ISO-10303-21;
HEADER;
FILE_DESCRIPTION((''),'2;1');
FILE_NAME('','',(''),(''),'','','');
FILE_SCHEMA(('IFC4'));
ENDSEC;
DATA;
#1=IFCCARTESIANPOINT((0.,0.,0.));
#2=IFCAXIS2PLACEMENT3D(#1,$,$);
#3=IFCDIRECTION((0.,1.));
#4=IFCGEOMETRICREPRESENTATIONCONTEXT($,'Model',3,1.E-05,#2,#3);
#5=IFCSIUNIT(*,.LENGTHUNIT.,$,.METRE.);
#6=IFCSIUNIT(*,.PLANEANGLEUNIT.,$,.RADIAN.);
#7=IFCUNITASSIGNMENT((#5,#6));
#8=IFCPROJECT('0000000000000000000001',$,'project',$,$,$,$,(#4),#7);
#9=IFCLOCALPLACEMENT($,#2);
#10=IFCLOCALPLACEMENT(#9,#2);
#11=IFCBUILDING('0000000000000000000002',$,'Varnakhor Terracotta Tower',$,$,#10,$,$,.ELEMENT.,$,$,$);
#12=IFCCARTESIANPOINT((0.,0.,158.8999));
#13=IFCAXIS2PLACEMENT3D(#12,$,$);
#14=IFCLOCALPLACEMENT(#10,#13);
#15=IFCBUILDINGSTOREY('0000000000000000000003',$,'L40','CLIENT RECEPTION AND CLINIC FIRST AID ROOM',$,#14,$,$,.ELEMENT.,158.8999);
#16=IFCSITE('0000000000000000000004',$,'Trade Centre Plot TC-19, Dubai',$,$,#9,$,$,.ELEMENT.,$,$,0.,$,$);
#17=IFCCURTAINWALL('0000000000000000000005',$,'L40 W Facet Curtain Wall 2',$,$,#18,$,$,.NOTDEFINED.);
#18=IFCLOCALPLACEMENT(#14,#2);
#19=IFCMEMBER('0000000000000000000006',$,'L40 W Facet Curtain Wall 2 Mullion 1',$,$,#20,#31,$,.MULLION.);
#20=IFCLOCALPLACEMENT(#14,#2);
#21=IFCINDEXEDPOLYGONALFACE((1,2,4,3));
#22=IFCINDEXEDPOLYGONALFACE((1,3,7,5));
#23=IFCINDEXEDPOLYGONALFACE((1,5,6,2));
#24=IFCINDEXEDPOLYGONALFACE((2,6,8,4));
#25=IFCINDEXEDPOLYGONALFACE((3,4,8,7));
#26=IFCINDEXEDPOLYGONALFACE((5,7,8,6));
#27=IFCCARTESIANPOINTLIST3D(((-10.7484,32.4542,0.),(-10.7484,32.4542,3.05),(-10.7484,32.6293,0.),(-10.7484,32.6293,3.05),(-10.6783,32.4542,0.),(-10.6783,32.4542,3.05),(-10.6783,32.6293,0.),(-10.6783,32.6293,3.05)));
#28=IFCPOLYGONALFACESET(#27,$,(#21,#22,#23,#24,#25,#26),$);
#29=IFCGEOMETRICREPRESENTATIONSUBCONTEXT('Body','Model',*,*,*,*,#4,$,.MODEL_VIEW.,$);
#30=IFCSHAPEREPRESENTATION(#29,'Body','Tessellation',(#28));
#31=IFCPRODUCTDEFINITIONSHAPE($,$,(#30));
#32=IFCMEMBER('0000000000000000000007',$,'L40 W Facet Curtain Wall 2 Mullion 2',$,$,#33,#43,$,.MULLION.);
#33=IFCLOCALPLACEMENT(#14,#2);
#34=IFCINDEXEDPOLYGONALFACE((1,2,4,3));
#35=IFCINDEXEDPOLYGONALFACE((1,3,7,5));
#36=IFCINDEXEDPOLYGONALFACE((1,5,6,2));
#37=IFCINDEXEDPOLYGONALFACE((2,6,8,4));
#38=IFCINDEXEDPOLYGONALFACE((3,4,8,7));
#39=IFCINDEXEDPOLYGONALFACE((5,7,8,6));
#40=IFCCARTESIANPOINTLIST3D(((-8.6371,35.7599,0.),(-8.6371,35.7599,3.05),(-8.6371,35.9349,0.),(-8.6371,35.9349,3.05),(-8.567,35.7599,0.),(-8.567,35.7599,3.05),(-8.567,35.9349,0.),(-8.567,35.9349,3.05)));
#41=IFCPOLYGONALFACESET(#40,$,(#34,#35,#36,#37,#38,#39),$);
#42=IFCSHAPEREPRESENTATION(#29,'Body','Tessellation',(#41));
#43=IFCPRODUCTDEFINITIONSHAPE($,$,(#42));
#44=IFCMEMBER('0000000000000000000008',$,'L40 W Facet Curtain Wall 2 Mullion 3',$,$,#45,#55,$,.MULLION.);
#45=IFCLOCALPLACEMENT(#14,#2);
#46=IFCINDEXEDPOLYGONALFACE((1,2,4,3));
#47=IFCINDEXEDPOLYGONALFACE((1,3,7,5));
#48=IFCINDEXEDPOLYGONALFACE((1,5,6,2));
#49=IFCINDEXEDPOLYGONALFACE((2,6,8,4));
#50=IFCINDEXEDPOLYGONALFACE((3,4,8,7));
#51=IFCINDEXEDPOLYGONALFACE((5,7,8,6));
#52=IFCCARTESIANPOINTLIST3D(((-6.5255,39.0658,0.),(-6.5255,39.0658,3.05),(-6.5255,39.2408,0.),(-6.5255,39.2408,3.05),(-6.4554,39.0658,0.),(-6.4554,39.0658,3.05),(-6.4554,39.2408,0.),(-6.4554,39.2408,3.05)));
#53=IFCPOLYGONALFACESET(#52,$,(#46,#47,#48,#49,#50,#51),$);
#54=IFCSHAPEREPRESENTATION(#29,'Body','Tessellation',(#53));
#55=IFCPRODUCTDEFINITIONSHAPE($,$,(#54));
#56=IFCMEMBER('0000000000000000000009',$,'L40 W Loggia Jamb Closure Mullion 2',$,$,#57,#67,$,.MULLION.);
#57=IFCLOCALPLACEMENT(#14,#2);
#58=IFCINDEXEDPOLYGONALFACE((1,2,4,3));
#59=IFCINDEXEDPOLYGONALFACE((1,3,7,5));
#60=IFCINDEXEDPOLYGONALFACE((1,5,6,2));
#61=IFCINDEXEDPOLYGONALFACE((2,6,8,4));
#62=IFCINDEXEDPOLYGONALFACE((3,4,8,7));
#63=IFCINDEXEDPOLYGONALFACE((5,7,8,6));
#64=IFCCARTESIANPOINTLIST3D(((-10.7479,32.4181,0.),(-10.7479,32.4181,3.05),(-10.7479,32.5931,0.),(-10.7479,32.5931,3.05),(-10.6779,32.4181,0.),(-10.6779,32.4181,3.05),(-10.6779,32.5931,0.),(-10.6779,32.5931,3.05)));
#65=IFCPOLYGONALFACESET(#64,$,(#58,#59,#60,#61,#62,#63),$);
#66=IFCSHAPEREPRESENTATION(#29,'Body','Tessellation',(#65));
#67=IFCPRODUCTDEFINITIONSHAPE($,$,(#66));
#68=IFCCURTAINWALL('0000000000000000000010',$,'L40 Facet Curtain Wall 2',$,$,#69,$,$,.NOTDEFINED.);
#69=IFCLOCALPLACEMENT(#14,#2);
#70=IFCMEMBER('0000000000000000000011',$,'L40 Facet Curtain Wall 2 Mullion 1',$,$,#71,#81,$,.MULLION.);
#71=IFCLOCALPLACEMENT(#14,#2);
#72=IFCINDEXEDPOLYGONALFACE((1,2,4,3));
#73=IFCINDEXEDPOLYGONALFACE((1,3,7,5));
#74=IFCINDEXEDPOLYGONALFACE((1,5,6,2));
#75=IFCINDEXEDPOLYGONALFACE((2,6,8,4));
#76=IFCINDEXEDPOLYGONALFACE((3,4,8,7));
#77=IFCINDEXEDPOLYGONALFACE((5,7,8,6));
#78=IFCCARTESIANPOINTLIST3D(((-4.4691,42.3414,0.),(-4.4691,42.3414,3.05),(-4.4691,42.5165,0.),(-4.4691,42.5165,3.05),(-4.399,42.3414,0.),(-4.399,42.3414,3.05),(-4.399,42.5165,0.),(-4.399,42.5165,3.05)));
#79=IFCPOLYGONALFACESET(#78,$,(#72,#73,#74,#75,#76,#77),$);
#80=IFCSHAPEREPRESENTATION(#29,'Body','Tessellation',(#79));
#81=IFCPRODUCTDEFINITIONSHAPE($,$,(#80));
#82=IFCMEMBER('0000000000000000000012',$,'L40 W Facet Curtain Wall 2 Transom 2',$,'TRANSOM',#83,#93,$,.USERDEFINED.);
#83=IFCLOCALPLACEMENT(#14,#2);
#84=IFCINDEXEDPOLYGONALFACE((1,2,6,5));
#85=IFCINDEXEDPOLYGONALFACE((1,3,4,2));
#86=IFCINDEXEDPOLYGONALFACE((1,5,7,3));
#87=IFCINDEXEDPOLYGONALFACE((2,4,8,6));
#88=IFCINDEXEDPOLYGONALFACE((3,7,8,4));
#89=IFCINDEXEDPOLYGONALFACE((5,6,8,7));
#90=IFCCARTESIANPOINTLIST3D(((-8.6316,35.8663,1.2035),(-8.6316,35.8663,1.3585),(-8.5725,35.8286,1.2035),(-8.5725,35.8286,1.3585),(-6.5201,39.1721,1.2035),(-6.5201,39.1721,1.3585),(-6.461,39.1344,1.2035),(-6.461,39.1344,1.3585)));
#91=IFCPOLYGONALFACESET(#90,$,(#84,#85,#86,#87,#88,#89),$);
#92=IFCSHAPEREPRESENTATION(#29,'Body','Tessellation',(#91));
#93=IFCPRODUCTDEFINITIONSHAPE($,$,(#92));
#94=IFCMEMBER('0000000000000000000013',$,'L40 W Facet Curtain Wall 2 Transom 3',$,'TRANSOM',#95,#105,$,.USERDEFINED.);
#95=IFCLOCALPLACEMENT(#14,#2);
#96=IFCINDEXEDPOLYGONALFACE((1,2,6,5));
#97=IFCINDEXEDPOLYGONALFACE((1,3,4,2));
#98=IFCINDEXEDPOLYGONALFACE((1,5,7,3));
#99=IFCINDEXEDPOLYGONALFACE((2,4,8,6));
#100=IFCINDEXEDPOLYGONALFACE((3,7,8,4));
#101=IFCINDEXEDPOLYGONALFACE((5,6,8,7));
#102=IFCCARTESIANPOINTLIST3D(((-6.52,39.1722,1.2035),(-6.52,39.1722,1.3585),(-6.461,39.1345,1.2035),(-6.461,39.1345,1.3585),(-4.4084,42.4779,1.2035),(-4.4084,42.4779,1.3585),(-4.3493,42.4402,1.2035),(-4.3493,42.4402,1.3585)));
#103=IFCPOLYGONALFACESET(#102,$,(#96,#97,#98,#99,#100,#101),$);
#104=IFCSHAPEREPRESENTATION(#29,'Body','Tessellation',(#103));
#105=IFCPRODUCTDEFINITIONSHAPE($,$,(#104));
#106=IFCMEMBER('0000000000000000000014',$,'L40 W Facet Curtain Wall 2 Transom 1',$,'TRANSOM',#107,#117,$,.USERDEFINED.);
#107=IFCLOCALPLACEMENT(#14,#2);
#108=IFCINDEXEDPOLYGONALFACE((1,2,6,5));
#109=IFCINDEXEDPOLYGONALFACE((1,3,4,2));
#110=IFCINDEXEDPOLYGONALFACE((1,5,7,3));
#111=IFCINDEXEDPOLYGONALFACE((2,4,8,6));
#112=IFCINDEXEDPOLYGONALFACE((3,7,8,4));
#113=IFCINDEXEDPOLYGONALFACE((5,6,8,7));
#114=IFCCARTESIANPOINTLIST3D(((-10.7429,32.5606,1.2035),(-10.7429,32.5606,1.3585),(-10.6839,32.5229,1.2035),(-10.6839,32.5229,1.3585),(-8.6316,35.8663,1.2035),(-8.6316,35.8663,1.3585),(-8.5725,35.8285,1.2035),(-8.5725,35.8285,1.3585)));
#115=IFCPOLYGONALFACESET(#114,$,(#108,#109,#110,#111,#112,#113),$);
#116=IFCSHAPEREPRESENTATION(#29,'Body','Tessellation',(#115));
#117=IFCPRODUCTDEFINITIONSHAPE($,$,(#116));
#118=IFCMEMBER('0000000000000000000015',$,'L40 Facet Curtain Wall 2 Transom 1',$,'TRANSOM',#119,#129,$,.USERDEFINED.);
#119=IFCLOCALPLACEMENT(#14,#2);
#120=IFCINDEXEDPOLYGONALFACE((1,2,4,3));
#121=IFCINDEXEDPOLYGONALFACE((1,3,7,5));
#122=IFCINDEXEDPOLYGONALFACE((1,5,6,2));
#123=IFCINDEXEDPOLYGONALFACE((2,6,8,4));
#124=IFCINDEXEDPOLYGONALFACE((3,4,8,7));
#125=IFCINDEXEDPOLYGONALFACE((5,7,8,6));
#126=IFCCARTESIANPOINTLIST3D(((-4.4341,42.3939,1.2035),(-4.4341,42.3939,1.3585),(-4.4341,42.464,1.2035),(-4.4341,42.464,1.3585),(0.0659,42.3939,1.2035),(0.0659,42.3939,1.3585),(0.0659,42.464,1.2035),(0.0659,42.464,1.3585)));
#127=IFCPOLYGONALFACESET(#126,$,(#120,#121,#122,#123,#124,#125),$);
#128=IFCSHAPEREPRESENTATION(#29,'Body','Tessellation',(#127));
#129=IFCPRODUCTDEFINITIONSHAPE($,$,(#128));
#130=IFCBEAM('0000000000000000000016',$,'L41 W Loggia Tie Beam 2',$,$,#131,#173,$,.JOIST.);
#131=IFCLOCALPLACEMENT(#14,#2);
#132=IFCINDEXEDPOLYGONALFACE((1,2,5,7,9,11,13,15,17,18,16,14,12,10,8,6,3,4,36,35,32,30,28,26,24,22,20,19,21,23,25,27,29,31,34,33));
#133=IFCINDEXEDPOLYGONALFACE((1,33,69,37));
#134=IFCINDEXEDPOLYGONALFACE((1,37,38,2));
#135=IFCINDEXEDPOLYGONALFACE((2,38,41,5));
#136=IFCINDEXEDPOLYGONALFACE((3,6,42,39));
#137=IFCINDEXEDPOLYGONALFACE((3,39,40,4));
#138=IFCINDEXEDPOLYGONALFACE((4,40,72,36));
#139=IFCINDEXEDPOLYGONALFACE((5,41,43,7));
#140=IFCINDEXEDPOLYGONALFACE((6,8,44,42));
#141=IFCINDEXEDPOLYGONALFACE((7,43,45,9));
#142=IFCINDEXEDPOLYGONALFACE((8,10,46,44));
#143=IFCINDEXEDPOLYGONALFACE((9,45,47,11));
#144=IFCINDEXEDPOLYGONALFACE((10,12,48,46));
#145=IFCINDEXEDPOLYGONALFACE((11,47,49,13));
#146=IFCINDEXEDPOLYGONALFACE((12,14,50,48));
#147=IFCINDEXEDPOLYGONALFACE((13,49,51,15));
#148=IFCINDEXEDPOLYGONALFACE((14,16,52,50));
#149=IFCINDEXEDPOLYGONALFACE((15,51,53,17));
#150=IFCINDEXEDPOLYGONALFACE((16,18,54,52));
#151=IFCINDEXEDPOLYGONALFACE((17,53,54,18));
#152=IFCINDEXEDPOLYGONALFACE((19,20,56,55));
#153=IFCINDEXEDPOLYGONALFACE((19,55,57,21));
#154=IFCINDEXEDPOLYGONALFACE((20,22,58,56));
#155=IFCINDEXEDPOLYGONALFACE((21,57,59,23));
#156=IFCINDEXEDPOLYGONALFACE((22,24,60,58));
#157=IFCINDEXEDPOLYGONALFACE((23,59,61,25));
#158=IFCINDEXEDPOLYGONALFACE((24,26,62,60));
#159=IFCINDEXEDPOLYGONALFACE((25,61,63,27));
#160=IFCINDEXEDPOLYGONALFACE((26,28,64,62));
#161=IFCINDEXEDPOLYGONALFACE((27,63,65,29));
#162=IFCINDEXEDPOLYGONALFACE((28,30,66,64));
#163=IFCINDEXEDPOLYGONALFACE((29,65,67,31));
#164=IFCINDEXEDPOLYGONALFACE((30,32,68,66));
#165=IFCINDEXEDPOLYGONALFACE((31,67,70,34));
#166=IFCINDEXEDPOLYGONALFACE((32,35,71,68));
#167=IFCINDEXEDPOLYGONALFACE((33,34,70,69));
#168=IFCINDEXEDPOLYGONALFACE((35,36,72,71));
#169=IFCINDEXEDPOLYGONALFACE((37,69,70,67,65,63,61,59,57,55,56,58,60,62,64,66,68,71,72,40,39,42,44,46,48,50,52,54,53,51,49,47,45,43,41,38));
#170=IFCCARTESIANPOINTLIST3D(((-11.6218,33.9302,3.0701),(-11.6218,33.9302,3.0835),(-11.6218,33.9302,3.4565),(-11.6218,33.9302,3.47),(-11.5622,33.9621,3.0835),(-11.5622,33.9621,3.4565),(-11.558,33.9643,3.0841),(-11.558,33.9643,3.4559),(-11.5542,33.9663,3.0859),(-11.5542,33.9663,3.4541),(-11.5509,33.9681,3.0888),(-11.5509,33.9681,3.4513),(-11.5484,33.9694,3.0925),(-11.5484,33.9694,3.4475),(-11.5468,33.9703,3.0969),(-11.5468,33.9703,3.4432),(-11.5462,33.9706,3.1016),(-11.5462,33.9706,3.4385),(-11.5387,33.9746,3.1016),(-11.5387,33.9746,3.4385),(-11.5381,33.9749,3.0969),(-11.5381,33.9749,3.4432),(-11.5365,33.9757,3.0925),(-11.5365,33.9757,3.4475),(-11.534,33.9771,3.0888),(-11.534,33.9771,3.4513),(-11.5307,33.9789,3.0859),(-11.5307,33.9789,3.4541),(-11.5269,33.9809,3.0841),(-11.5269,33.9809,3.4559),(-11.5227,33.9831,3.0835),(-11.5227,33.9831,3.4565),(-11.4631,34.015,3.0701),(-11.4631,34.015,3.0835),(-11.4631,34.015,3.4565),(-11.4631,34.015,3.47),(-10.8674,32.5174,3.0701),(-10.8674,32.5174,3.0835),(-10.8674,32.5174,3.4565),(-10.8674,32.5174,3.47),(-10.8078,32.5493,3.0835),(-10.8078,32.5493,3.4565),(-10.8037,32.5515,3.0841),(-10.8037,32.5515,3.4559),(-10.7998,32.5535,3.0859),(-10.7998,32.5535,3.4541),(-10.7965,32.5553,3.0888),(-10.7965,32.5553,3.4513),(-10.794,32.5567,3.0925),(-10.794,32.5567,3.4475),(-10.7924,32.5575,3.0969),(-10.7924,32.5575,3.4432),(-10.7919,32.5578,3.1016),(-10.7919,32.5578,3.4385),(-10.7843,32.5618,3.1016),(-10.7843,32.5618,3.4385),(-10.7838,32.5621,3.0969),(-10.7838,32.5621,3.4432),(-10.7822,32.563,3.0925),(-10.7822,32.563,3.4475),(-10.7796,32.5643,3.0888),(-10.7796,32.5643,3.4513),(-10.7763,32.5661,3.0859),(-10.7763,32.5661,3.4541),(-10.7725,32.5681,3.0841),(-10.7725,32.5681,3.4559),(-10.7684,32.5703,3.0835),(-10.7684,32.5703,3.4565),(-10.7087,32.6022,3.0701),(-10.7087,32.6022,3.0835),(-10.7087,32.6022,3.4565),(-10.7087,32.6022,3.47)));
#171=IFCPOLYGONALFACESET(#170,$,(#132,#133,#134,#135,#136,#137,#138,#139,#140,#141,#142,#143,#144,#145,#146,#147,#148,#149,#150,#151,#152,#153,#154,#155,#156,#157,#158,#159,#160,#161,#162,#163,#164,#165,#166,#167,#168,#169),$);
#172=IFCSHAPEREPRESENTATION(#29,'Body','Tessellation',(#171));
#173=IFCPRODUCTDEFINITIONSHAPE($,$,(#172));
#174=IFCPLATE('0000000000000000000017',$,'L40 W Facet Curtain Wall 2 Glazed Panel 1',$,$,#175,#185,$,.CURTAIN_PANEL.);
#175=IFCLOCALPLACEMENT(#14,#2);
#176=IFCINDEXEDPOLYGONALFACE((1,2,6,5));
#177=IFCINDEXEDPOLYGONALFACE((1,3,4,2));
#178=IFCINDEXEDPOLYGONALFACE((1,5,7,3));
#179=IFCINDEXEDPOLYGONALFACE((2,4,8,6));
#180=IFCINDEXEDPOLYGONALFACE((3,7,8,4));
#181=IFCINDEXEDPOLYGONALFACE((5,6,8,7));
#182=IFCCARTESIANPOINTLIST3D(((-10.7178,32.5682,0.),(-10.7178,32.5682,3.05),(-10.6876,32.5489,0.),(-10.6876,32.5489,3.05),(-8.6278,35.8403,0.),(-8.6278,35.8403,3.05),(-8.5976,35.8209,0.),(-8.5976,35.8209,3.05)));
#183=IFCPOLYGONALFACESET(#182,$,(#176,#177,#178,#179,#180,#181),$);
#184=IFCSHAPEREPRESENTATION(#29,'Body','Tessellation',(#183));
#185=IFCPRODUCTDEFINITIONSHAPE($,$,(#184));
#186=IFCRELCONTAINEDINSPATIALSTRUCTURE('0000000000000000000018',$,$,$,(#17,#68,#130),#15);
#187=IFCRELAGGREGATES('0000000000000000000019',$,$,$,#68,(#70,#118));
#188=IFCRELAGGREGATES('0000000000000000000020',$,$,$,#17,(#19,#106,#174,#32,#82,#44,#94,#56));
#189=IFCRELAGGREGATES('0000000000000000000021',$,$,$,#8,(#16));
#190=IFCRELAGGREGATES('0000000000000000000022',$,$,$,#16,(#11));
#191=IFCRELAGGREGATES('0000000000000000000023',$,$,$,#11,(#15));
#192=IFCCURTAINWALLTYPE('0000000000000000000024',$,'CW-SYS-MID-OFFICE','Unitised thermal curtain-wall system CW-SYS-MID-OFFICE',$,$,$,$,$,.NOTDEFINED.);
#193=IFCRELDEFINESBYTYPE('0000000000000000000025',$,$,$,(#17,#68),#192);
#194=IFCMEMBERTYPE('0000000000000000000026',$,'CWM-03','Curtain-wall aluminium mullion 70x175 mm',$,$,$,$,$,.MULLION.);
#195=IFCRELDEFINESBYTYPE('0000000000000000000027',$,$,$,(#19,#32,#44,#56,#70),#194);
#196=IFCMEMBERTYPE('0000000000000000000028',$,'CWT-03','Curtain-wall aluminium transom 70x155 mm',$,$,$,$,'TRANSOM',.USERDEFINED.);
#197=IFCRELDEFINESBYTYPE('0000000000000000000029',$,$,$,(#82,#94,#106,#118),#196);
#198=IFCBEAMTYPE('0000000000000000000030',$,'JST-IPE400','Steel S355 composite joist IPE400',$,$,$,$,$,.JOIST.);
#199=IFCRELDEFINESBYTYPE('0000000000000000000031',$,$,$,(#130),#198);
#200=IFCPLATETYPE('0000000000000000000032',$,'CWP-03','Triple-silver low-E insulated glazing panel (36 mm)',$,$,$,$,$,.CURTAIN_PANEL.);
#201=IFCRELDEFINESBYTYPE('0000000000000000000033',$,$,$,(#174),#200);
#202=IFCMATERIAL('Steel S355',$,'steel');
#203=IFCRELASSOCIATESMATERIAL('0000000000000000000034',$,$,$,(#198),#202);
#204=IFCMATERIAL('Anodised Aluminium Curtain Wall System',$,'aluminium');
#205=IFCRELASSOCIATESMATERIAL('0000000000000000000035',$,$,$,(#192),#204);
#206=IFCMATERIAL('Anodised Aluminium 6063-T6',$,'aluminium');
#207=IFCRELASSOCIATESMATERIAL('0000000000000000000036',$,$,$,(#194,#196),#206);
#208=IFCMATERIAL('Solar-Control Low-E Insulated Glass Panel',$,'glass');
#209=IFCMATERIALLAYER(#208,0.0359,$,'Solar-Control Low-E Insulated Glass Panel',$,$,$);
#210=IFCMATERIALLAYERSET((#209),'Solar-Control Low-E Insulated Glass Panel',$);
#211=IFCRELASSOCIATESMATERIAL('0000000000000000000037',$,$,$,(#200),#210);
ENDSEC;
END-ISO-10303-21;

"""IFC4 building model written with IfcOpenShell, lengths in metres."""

from ifc_helpers import new_model, si_unit, direction, frame, origin, origin_2d, place, context, subcontext, project, spatial, rectangle, i_section, extrude, source, transform, mapped, material, layer, layer_set, material_profile, profile_set, type_object, element, aggregate, save


model = new_model("IFC4")

# Units and contexts
model_context = context("Model", 3, precision=1e-05, world=origin(), true_north=direction((0.0, 1.0)))
body_context = subcontext(model_context, "Body", "Model", "MODEL_VIEW")
ifc_project = project(units=[si_unit("LENGTHUNIT", "METRE"), si_unit("PLANEANGLEUNIT", "RADIAN")], contexts=[model_context])

# Site, building, storey
site_placement = place(None, origin())
site = spatial("IfcSite", under=ifc_project, at=site_placement, Name="Trade Centre Plot TC-19, Dubai", CompositionType="ELEMENT", RefElevation=0.0)
building_placement = place(site_placement, origin())
building = spatial("IfcBuilding", under=site, at=building_placement, Name="Varnakhor Terracotta Tower", CompositionType="ELEMENT")
storey_placement = place(building_placement, frame((0.0, 0.0, 158.8999)))
storey = spatial("IfcBuildingStorey", under=building, at=storey_placement, Name="L40", Description="CLIENT RECEPTION AND CLINIC FIRST AID ROOM", CompositionType="ELEMENT", Elevation=158.8999)

# Shared definitions
ifc_material_1 = material(Name="Steel S355", Category="steel")
ifc_material_profile_1 = material_profile(ifc_material_1, i_section(OverallWidth=0.1799, OverallDepth=0.3999, WebThickness=0.0085, FlangeThickness=0.0134, FilletRadius=0.0181, at=origin_2d()), Name="IPE400")
ifc_profile_set_1 = profile_set([ifc_material_profile_1], Name="Steel S355")
beam_type_1 = type_object("IfcBeamType", Name="JST-IPE400", Description="Steel S355 composite joist IPE400", PredefinedType="JOIST", material=ifc_profile_set_1)

# Curtain wall, members
ifc_material_2 = material(Name="Anodised Aluminium Curtain Wall System", Category="aluminium")
curtain_wall_type = type_object("IfcCurtainWallType", Name="CW-SYS-MID-OFFICE", Description="Unitised thermal curtain-wall system CW-SYS-MID-OFFICE", PredefinedType="NOTDEFINED", material=ifc_material_2)
curtain_wall_1_placement = place(storey_placement, origin())
curtain_wall_1 = element("IfcCurtainWall", 1, at=curtain_wall_1_placement, inside=storey, type_object=curtain_wall_type, Name="L40 W Facet Curtain Wall 2", PredefinedType="NOTDEFINED")
ifc_material_3 = material(Name="Anodised Aluminium 6063-T6", Category="aluminium")
ifc_material_profile_2 = material_profile(ifc_material_3, rectangle(XDim=0.0701, YDim=0.175, at=origin_2d()), Name="ALU MULLION 70x175")
ifc_profile_set_2 = profile_set([ifc_material_profile_2], Name="Anodised Aluminium 6063-T6")
member_type_1 = type_object("IfcMemberType", Name="CWM-03", Description="Curtain-wall aluminium mullion 70x175 mm", PredefinedType="MULLION", material=ifc_profile_set_2)
shared_shape_1 = source(origin(), body_context, "Body", "SweptSolid", [
    extrude(rectangle(XDim=0.0701, YDim=0.175, at=origin_2d()), origin(), (0.0, 0.0, 1.0), 3.05),
])
member_1_placement = place(storey_placement, frame((-10.7134, 32.5417, 0.0), z_axis=(0.0, 0.0, 1.0), x_axis=(1.0, 0.0, 0.0)))
member_1 = element("IfcMember", 2, at=member_1_placement, type_object=member_type_1, Name="L40 W Facet Curtain Wall 2 Mullion 1", PredefinedType="MULLION", context=body_context, shape_type="MappedRepresentation", body=[
    mapped(shared_shape_1, transform((0.0, 0.0, 0.0), scale=1.0)),
])
member_2_placement = place(storey_placement, frame((-8.6021, 35.8474, 0.0), z_axis=(0.0, 0.0, 1.0), x_axis=(1.0, 0.0, 0.0)))
member_2 = element("IfcMember", 3, at=member_2_placement, type_object=member_type_1, Name="L40 W Facet Curtain Wall 2 Mullion 2", PredefinedType="MULLION", context=body_context, shape_type="MappedRepresentation", body=[
    mapped(shared_shape_1, transform((0.0, 0.0, 0.0), scale=1.0)),
])
member_3_placement = place(storey_placement, frame((-6.4905, 39.1533, 0.0), z_axis=(0.0, 0.0, 1.0), x_axis=(1.0, 0.0, 0.0)))
member_3 = element("IfcMember", 4, at=member_3_placement, type_object=member_type_1, Name="L40 W Facet Curtain Wall 2 Mullion 3", PredefinedType="MULLION", context=body_context, shape_type="MappedRepresentation", body=[
    mapped(shared_shape_1, transform((0.0, 0.0, 0.0), scale=1.0)),
])
member_4_placement = place(storey_placement, frame((-10.7129, 32.5056, 0.0), z_axis=(0.0, 0.0, 1.0), x_axis=(1.0, 0.0, 0.0)))
member_4 = element("IfcMember", 5, at=member_4_placement, type_object=member_type_1, Name="L40 W Loggia Jamb Closure Mullion 2", PredefinedType="MULLION", context=body_context, shape_type="MappedRepresentation", body=[
    mapped(shared_shape_1, transform((0.0, 0.0, 0.0), scale=1.0)),
])

# Curtain wall, member
curtain_wall_2_placement = place(storey_placement, origin())
curtain_wall_2 = element("IfcCurtainWall", 6, at=curtain_wall_2_placement, inside=storey, type_object=curtain_wall_type, Name="L40 Facet Curtain Wall 2", PredefinedType="NOTDEFINED")
member_5_placement = place(storey_placement, frame((-4.4341, 42.429, 0.0), z_axis=(0.0, 0.0, 1.0), x_axis=(1.0, 0.0, 0.0)))
member_5 = element("IfcMember", 7, at=member_5_placement, type_object=member_type_1, Name="L40 Facet Curtain Wall 2 Mullion 1", PredefinedType="MULLION", context=body_context, shape_type="MappedRepresentation", body=[
    mapped(shared_shape_1, transform((0.0, 0.0, 0.0), scale=1.0)),
])

# Members
ifc_material_profile_3 = material_profile(ifc_material_3, rectangle(XDim=0.0701, YDim=0.155, at=origin_2d()), Name="ALU TRANSOM 70x155")
ifc_profile_set_3 = profile_set([ifc_material_profile_3], Name="Anodised Aluminium 6063-T6")
member_type_2 = type_object("IfcMemberType", Name="CWT-03", Description="Curtain-wall aluminium transom 70x155 mm", ElementType="TRANSOM", PredefinedType="USERDEFINED", material=ifc_profile_set_3)
shared_shape_2 = source(origin(), body_context, "Body", "SweptSolid", [
    extrude(rectangle(XDim=0.0701, YDim=0.155, at=origin_2d()), origin(), (0.0, 0.0, 1.0), 3.9226),
])
member_6_placement = place(storey_placement, frame((-8.6021, 35.8474, 1.281), z_axis=(0.538292, 0.842758, 0.0), x_axis=(-0.842758, 0.538292, 0.0)))
member_6 = element("IfcMember", 8, at=member_6_placement, type_object=member_type_2, Name="L40 W Facet Curtain Wall 2 Transom 2", ObjectType="TRANSOM", PredefinedType="USERDEFINED", context=body_context, shape_type="MappedRepresentation", body=[
    mapped(shared_shape_2, transform((0.0, 0.0, 0.0), scale=1.0)),
])
member_7_placement = place(storey_placement, frame((-6.4905, 39.1533, 1.281), z_axis=(0.538321, 0.84274, 0.0), x_axis=(-0.84274, 0.538321, 0.0)))
member_7 = element("IfcMember", 9, at=member_7_placement, type_object=member_type_2, Name="L40 W Facet Curtain Wall 2 Transom 3", ObjectType="TRANSOM", PredefinedType="USERDEFINED", context=body_context, shape_type="MappedRepresentation", body=[
    mapped(shared_shape_2, transform((0.0, 0.0, 0.0), scale=1.0)),
])
shared_shape_3 = source(origin(), body_context, "Body", "SweptSolid", [
    extrude(rectangle(XDim=0.0701, YDim=0.155, at=origin_2d()), origin(), (0.0, 0.0, 1.0), 3.9224),
])
member_8_placement = place(storey_placement, frame((-10.7134, 32.5417, 1.281), z_axis=(0.538276, 0.842768, 0.0), x_axis=(-0.842768, 0.538276, 0.0)))
member_8 = element("IfcMember", 10, at=member_8_placement, type_object=member_type_2, Name="L40 W Facet Curtain Wall 2 Transom 1", ObjectType="TRANSOM", PredefinedType="USERDEFINED", context=body_context, shape_type="MappedRepresentation", body=[
    mapped(shared_shape_3, transform((0.0, 0.0, 0.0), scale=1.0)),
])
shared_shape_4 = source(origin(), body_context, "Body", "SweptSolid", [
    extrude(rectangle(XDim=0.0701, YDim=0.155, at=origin_2d()), origin(), (0.0, 0.0, 1.0), 4.5),
])
member_9_placement = place(storey_placement, frame((-4.4341, 42.429, 1.281), z_axis=(1.0, 0.0, 0.0), x_axis=(0.0, 1.0, 0.0)))
member_9 = element("IfcMember", 11, at=member_9_placement, type_object=member_type_2, Name="L40 Facet Curtain Wall 2 Transom 1", ObjectType="TRANSOM", PredefinedType="USERDEFINED", context=body_context, shape_type="MappedRepresentation", body=[
    mapped(shared_shape_4, transform((0.0, 0.0, 0.0), scale=1.0)),
])
aggregate(curtain_wall_2, [member_5, member_9])

# Beam
shared_shape_5 = source(origin(), body_context, "Body", "SweptSolid", [
    extrude(i_section(OverallWidth=0.1799, OverallDepth=0.3999, WebThickness=0.0085, FlangeThickness=0.0134, FilletRadius=0.0181, at=origin_2d()), origin(), (0.0, 0.0, 1.0), 1.6016),
])
beam_1_placement = place(storey_placement, frame((-10.7881, 32.5598, 3.27), z_axis=(-0.471015, 0.882125, 0.0), x_axis=(-0.882125, -0.471015, 0.0)))
element("IfcBeam", 12, at=beam_1_placement, inside=storey, type_object=beam_type_1, Name="L41 W Loggia Tie Beam 2", PredefinedType="JOIST", context=body_context, shape_type="MappedRepresentation", body=[
    mapped(shared_shape_5, transform((0.0, 0.0, 0.0), scale=1.0)),
])

# Plate
ifc_material_4 = material(Name="Solar-Control Low-E Insulated Glass Panel", Category="glass")
ifc_layer_1 = layer(ifc_material_4, 0.0359, Name="Solar-Control Low-E Insulated Glass Panel")
ifc_layer_set_1 = layer_set([ifc_layer_1], Name="Solar-Control Low-E Insulated Glass Panel")
plate_type = type_object("IfcPlateType", Name="CWP-03", Description="Triple-silver low-E insulated glazing panel (36 mm)", PredefinedType="CURTAIN_PANEL", material=ifc_layer_set_1)
shared_shape_6 = source(origin(), body_context, "Body", "SweptSolid", [
    extrude(rectangle(XDim=3.8826, YDim=0.0359, at=origin_2d()), origin(), (0.0, 0.0, 1.0), 3.05),
])
plate_1_placement = place(storey_placement, frame((-9.6577, 34.1946, 0.0), z_axis=(0.0, 0.0, 1.0), x_axis=(0.5383, 0.842753, 0.0)))
plate_1 = element("IfcPlate", 13, at=plate_1_placement, type_object=plate_type, Name="L40 W Facet Curtain Wall 2 Glazed Panel 1", PredefinedType="CURTAIN_PANEL", context=body_context, shape_type="MappedRepresentation", body=[
    mapped(shared_shape_6, transform((0.0, 0.0, 0.0), scale=1.0)),
])
aggregate(curtain_wall_1, [member_1, member_8, plate_1, member_2, member_6, member_3, member_7, member_4])

save(model, "model.ifc")
